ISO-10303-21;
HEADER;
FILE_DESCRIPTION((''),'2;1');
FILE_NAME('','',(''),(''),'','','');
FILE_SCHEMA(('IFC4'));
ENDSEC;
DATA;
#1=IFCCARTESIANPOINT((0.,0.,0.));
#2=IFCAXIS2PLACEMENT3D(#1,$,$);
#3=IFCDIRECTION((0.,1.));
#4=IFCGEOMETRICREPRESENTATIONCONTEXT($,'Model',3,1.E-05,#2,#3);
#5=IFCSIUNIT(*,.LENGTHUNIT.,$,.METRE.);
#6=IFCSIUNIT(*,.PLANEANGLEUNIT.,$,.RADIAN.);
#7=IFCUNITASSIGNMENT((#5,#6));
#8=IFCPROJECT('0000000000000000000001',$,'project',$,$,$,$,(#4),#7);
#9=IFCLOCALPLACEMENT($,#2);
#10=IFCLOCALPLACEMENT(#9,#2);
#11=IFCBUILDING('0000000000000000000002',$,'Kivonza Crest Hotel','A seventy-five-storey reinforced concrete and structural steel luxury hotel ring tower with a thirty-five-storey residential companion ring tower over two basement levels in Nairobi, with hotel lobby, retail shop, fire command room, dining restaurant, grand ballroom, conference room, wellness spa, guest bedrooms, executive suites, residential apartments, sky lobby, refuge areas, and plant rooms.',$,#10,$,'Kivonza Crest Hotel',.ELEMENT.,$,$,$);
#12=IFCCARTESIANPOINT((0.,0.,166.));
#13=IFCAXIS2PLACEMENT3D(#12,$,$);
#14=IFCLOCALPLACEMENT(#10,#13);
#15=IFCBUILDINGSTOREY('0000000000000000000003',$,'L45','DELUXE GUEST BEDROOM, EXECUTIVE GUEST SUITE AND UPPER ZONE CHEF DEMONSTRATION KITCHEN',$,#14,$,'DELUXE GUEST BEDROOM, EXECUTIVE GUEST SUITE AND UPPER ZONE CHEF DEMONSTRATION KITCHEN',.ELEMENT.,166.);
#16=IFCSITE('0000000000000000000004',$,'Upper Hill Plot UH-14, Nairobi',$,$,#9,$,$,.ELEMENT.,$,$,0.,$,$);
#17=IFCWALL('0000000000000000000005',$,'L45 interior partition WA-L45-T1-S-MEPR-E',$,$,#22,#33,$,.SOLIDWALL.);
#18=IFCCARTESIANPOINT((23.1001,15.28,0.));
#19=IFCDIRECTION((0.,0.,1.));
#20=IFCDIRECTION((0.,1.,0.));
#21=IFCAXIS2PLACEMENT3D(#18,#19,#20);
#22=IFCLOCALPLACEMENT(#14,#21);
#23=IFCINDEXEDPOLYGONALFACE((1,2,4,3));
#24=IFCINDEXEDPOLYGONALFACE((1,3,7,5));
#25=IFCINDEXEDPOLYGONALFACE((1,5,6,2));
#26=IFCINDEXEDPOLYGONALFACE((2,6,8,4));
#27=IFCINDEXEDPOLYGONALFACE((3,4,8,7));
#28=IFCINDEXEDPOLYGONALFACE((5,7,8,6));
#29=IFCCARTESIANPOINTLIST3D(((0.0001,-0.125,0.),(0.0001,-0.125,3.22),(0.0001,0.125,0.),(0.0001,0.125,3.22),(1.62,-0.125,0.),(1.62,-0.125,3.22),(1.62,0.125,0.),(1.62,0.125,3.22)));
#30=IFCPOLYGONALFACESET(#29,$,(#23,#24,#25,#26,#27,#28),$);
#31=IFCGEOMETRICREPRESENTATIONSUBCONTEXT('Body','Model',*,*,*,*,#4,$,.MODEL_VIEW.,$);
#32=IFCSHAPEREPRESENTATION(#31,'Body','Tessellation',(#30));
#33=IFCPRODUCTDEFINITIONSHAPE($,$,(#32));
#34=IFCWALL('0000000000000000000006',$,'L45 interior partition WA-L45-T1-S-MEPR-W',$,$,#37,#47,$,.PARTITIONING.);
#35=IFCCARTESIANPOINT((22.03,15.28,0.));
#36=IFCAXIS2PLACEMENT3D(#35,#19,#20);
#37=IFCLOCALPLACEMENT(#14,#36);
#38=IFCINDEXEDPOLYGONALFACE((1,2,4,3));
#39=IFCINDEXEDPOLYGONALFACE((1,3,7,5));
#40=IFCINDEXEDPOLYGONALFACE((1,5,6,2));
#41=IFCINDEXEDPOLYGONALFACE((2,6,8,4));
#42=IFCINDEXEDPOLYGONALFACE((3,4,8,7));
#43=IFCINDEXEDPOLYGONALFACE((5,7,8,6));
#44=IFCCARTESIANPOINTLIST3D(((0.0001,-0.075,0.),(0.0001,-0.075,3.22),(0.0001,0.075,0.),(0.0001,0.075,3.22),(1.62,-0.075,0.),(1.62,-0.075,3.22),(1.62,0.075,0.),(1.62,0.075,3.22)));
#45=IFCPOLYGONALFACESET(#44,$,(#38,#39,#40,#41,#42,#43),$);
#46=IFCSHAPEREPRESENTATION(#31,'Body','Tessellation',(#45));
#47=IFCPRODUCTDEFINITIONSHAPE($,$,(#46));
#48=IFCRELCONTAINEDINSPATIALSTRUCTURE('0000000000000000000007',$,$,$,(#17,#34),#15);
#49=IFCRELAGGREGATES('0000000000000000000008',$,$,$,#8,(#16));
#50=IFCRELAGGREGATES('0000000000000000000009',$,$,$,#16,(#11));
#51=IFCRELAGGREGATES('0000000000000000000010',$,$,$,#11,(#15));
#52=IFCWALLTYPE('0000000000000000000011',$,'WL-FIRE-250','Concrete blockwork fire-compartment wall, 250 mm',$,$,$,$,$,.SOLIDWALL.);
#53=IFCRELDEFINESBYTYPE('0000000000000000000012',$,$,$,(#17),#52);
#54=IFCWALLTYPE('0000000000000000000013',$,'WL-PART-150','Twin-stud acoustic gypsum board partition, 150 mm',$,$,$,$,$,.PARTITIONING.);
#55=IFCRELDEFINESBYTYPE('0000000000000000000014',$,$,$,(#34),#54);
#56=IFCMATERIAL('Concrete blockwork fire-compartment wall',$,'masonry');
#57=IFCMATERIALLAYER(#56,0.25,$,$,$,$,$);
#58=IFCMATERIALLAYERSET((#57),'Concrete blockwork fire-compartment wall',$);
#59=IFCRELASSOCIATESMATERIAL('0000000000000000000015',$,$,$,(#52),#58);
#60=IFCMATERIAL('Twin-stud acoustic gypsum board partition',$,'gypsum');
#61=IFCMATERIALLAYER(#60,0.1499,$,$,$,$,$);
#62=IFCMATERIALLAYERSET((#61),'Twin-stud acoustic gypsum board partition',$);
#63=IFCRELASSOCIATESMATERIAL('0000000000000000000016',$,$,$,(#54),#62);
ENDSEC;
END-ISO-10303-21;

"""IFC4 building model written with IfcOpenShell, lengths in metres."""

from ifc_helpers import new_model, si_unit, direction, frame, frame_2d, origin, place, context, subcontext, project, spatial, rectangle, extrude, material, layer, layer_set, type_object, element, save


model = new_model("IFC4")

# Units and contexts
model_context = context("Model", 3, precision=1e-05, world=origin(), true_north=direction((0.0, 1.0)))
body_context = subcontext(model_context, "Body", "Model", "MODEL_VIEW")
ifc_project = project(units=[si_unit("LENGTHUNIT", "METRE"), si_unit("PLANEANGLEUNIT", "RADIAN")], contexts=[model_context])

# Site, building, storey
site_placement = place(None, origin())
site = spatial("IfcSite", under=ifc_project, at=site_placement, Name="Upper Hill Plot UH-14, Nairobi", CompositionType="ELEMENT", RefElevation=0.0)
building_placement = place(site_placement, origin())
building = spatial("IfcBuilding", under=site, at=building_placement, Name="Kivonza Crest Hotel", Description="A seventy-five-storey reinforced concrete and structural steel luxury hotel ring tower with a thirty-five-storey residential companion ring tower over two basement levels in Nairobi, with hotel lobby, retail shop, fire command room, dining restaurant, grand ballroom, conference room, wellness spa, guest bedrooms, executive suites, residential apartments, sky lobby, refuge areas, and plant rooms.", LongName="Kivonza Crest Hotel", CompositionType="ELEMENT")
storey_placement = place(building_placement, frame((0.0, 0.0, 166.0)))
storey = spatial("IfcBuildingStorey", under=building, at=storey_placement, Name="L45", Description="DELUXE GUEST BEDROOM, EXECUTIVE GUEST SUITE AND UPPER ZONE CHEF DEMONSTRATION KITCHEN", LongName="DELUXE GUEST BEDROOM, EXECUTIVE GUEST SUITE AND UPPER ZONE CHEF DEMONSTRATION KITCHEN", CompositionType="ELEMENT", Elevation=166.0)

# Walls
ifc_material_1 = material(Name="Concrete blockwork fire-compartment wall", Category="masonry")
ifc_layer_1 = layer(ifc_material_1, 0.25)
ifc_layer_set_1 = layer_set([ifc_layer_1], Name="Concrete blockwork fire-compartment wall")
wall_type_1 = type_object("IfcWallType", Name="WL-FIRE-250", Description="Concrete blockwork fire-compartment wall, 250 mm", PredefinedType="SOLIDWALL", material=ifc_layer_set_1)
wall_1_placement = place(storey_placement, frame((23.1001, 15.28, 0.0), z_axis=(0.0, 0.0, 1.0), x_axis=(0.0, 1.0, 0.0)))
element("IfcWall", 1, at=wall_1_placement, inside=storey, type_object=wall_type_1, Name="L45 interior partition WA-L45-T1-S-MEPR-E", PredefinedType="SOLIDWALL", context=body_context, shape_type="SweptSolid", body=[
    extrude(rectangle(XDim=1.6199, YDim=0.25, at=frame_2d((0.8101, 0.0))), origin(), (0.0, 0.0, 1.0), 3.22),
])
ifc_material_2 = material(Name="Twin-stud acoustic gypsum board partition", Category="gypsum")
ifc_layer_2 = layer(ifc_material_2, 0.1499)
ifc_layer_set_2 = layer_set([ifc_layer_2], Name="Twin-stud acoustic gypsum board partition")
wall_type_2 = type_object("IfcWallType", Name="WL-PART-150", Description="Twin-stud acoustic gypsum board partition, 150 mm", PredefinedType="PARTITIONING", material=ifc_layer_set_2)
wall_2_placement = place(storey_placement, frame((22.03, 15.28, 0.0), z_axis=(0.0, 0.0, 1.0), x_axis=(0.0, 1.0, 0.0)))
element("IfcWall", 2, at=wall_2_placement, inside=storey, type_object=wall_type_2, Name="L45 interior partition WA-L45-T1-S-MEPR-W", PredefinedType="PARTITIONING", context=body_context, shape_type="SweptSolid", body=[
    extrude(rectangle(XDim=1.6199, YDim=0.1499, at=frame_2d((0.8101, 0.0))), origin(), (0.0, 0.0, 1.0), 3.22),
])

save(model, "model.ifc")
